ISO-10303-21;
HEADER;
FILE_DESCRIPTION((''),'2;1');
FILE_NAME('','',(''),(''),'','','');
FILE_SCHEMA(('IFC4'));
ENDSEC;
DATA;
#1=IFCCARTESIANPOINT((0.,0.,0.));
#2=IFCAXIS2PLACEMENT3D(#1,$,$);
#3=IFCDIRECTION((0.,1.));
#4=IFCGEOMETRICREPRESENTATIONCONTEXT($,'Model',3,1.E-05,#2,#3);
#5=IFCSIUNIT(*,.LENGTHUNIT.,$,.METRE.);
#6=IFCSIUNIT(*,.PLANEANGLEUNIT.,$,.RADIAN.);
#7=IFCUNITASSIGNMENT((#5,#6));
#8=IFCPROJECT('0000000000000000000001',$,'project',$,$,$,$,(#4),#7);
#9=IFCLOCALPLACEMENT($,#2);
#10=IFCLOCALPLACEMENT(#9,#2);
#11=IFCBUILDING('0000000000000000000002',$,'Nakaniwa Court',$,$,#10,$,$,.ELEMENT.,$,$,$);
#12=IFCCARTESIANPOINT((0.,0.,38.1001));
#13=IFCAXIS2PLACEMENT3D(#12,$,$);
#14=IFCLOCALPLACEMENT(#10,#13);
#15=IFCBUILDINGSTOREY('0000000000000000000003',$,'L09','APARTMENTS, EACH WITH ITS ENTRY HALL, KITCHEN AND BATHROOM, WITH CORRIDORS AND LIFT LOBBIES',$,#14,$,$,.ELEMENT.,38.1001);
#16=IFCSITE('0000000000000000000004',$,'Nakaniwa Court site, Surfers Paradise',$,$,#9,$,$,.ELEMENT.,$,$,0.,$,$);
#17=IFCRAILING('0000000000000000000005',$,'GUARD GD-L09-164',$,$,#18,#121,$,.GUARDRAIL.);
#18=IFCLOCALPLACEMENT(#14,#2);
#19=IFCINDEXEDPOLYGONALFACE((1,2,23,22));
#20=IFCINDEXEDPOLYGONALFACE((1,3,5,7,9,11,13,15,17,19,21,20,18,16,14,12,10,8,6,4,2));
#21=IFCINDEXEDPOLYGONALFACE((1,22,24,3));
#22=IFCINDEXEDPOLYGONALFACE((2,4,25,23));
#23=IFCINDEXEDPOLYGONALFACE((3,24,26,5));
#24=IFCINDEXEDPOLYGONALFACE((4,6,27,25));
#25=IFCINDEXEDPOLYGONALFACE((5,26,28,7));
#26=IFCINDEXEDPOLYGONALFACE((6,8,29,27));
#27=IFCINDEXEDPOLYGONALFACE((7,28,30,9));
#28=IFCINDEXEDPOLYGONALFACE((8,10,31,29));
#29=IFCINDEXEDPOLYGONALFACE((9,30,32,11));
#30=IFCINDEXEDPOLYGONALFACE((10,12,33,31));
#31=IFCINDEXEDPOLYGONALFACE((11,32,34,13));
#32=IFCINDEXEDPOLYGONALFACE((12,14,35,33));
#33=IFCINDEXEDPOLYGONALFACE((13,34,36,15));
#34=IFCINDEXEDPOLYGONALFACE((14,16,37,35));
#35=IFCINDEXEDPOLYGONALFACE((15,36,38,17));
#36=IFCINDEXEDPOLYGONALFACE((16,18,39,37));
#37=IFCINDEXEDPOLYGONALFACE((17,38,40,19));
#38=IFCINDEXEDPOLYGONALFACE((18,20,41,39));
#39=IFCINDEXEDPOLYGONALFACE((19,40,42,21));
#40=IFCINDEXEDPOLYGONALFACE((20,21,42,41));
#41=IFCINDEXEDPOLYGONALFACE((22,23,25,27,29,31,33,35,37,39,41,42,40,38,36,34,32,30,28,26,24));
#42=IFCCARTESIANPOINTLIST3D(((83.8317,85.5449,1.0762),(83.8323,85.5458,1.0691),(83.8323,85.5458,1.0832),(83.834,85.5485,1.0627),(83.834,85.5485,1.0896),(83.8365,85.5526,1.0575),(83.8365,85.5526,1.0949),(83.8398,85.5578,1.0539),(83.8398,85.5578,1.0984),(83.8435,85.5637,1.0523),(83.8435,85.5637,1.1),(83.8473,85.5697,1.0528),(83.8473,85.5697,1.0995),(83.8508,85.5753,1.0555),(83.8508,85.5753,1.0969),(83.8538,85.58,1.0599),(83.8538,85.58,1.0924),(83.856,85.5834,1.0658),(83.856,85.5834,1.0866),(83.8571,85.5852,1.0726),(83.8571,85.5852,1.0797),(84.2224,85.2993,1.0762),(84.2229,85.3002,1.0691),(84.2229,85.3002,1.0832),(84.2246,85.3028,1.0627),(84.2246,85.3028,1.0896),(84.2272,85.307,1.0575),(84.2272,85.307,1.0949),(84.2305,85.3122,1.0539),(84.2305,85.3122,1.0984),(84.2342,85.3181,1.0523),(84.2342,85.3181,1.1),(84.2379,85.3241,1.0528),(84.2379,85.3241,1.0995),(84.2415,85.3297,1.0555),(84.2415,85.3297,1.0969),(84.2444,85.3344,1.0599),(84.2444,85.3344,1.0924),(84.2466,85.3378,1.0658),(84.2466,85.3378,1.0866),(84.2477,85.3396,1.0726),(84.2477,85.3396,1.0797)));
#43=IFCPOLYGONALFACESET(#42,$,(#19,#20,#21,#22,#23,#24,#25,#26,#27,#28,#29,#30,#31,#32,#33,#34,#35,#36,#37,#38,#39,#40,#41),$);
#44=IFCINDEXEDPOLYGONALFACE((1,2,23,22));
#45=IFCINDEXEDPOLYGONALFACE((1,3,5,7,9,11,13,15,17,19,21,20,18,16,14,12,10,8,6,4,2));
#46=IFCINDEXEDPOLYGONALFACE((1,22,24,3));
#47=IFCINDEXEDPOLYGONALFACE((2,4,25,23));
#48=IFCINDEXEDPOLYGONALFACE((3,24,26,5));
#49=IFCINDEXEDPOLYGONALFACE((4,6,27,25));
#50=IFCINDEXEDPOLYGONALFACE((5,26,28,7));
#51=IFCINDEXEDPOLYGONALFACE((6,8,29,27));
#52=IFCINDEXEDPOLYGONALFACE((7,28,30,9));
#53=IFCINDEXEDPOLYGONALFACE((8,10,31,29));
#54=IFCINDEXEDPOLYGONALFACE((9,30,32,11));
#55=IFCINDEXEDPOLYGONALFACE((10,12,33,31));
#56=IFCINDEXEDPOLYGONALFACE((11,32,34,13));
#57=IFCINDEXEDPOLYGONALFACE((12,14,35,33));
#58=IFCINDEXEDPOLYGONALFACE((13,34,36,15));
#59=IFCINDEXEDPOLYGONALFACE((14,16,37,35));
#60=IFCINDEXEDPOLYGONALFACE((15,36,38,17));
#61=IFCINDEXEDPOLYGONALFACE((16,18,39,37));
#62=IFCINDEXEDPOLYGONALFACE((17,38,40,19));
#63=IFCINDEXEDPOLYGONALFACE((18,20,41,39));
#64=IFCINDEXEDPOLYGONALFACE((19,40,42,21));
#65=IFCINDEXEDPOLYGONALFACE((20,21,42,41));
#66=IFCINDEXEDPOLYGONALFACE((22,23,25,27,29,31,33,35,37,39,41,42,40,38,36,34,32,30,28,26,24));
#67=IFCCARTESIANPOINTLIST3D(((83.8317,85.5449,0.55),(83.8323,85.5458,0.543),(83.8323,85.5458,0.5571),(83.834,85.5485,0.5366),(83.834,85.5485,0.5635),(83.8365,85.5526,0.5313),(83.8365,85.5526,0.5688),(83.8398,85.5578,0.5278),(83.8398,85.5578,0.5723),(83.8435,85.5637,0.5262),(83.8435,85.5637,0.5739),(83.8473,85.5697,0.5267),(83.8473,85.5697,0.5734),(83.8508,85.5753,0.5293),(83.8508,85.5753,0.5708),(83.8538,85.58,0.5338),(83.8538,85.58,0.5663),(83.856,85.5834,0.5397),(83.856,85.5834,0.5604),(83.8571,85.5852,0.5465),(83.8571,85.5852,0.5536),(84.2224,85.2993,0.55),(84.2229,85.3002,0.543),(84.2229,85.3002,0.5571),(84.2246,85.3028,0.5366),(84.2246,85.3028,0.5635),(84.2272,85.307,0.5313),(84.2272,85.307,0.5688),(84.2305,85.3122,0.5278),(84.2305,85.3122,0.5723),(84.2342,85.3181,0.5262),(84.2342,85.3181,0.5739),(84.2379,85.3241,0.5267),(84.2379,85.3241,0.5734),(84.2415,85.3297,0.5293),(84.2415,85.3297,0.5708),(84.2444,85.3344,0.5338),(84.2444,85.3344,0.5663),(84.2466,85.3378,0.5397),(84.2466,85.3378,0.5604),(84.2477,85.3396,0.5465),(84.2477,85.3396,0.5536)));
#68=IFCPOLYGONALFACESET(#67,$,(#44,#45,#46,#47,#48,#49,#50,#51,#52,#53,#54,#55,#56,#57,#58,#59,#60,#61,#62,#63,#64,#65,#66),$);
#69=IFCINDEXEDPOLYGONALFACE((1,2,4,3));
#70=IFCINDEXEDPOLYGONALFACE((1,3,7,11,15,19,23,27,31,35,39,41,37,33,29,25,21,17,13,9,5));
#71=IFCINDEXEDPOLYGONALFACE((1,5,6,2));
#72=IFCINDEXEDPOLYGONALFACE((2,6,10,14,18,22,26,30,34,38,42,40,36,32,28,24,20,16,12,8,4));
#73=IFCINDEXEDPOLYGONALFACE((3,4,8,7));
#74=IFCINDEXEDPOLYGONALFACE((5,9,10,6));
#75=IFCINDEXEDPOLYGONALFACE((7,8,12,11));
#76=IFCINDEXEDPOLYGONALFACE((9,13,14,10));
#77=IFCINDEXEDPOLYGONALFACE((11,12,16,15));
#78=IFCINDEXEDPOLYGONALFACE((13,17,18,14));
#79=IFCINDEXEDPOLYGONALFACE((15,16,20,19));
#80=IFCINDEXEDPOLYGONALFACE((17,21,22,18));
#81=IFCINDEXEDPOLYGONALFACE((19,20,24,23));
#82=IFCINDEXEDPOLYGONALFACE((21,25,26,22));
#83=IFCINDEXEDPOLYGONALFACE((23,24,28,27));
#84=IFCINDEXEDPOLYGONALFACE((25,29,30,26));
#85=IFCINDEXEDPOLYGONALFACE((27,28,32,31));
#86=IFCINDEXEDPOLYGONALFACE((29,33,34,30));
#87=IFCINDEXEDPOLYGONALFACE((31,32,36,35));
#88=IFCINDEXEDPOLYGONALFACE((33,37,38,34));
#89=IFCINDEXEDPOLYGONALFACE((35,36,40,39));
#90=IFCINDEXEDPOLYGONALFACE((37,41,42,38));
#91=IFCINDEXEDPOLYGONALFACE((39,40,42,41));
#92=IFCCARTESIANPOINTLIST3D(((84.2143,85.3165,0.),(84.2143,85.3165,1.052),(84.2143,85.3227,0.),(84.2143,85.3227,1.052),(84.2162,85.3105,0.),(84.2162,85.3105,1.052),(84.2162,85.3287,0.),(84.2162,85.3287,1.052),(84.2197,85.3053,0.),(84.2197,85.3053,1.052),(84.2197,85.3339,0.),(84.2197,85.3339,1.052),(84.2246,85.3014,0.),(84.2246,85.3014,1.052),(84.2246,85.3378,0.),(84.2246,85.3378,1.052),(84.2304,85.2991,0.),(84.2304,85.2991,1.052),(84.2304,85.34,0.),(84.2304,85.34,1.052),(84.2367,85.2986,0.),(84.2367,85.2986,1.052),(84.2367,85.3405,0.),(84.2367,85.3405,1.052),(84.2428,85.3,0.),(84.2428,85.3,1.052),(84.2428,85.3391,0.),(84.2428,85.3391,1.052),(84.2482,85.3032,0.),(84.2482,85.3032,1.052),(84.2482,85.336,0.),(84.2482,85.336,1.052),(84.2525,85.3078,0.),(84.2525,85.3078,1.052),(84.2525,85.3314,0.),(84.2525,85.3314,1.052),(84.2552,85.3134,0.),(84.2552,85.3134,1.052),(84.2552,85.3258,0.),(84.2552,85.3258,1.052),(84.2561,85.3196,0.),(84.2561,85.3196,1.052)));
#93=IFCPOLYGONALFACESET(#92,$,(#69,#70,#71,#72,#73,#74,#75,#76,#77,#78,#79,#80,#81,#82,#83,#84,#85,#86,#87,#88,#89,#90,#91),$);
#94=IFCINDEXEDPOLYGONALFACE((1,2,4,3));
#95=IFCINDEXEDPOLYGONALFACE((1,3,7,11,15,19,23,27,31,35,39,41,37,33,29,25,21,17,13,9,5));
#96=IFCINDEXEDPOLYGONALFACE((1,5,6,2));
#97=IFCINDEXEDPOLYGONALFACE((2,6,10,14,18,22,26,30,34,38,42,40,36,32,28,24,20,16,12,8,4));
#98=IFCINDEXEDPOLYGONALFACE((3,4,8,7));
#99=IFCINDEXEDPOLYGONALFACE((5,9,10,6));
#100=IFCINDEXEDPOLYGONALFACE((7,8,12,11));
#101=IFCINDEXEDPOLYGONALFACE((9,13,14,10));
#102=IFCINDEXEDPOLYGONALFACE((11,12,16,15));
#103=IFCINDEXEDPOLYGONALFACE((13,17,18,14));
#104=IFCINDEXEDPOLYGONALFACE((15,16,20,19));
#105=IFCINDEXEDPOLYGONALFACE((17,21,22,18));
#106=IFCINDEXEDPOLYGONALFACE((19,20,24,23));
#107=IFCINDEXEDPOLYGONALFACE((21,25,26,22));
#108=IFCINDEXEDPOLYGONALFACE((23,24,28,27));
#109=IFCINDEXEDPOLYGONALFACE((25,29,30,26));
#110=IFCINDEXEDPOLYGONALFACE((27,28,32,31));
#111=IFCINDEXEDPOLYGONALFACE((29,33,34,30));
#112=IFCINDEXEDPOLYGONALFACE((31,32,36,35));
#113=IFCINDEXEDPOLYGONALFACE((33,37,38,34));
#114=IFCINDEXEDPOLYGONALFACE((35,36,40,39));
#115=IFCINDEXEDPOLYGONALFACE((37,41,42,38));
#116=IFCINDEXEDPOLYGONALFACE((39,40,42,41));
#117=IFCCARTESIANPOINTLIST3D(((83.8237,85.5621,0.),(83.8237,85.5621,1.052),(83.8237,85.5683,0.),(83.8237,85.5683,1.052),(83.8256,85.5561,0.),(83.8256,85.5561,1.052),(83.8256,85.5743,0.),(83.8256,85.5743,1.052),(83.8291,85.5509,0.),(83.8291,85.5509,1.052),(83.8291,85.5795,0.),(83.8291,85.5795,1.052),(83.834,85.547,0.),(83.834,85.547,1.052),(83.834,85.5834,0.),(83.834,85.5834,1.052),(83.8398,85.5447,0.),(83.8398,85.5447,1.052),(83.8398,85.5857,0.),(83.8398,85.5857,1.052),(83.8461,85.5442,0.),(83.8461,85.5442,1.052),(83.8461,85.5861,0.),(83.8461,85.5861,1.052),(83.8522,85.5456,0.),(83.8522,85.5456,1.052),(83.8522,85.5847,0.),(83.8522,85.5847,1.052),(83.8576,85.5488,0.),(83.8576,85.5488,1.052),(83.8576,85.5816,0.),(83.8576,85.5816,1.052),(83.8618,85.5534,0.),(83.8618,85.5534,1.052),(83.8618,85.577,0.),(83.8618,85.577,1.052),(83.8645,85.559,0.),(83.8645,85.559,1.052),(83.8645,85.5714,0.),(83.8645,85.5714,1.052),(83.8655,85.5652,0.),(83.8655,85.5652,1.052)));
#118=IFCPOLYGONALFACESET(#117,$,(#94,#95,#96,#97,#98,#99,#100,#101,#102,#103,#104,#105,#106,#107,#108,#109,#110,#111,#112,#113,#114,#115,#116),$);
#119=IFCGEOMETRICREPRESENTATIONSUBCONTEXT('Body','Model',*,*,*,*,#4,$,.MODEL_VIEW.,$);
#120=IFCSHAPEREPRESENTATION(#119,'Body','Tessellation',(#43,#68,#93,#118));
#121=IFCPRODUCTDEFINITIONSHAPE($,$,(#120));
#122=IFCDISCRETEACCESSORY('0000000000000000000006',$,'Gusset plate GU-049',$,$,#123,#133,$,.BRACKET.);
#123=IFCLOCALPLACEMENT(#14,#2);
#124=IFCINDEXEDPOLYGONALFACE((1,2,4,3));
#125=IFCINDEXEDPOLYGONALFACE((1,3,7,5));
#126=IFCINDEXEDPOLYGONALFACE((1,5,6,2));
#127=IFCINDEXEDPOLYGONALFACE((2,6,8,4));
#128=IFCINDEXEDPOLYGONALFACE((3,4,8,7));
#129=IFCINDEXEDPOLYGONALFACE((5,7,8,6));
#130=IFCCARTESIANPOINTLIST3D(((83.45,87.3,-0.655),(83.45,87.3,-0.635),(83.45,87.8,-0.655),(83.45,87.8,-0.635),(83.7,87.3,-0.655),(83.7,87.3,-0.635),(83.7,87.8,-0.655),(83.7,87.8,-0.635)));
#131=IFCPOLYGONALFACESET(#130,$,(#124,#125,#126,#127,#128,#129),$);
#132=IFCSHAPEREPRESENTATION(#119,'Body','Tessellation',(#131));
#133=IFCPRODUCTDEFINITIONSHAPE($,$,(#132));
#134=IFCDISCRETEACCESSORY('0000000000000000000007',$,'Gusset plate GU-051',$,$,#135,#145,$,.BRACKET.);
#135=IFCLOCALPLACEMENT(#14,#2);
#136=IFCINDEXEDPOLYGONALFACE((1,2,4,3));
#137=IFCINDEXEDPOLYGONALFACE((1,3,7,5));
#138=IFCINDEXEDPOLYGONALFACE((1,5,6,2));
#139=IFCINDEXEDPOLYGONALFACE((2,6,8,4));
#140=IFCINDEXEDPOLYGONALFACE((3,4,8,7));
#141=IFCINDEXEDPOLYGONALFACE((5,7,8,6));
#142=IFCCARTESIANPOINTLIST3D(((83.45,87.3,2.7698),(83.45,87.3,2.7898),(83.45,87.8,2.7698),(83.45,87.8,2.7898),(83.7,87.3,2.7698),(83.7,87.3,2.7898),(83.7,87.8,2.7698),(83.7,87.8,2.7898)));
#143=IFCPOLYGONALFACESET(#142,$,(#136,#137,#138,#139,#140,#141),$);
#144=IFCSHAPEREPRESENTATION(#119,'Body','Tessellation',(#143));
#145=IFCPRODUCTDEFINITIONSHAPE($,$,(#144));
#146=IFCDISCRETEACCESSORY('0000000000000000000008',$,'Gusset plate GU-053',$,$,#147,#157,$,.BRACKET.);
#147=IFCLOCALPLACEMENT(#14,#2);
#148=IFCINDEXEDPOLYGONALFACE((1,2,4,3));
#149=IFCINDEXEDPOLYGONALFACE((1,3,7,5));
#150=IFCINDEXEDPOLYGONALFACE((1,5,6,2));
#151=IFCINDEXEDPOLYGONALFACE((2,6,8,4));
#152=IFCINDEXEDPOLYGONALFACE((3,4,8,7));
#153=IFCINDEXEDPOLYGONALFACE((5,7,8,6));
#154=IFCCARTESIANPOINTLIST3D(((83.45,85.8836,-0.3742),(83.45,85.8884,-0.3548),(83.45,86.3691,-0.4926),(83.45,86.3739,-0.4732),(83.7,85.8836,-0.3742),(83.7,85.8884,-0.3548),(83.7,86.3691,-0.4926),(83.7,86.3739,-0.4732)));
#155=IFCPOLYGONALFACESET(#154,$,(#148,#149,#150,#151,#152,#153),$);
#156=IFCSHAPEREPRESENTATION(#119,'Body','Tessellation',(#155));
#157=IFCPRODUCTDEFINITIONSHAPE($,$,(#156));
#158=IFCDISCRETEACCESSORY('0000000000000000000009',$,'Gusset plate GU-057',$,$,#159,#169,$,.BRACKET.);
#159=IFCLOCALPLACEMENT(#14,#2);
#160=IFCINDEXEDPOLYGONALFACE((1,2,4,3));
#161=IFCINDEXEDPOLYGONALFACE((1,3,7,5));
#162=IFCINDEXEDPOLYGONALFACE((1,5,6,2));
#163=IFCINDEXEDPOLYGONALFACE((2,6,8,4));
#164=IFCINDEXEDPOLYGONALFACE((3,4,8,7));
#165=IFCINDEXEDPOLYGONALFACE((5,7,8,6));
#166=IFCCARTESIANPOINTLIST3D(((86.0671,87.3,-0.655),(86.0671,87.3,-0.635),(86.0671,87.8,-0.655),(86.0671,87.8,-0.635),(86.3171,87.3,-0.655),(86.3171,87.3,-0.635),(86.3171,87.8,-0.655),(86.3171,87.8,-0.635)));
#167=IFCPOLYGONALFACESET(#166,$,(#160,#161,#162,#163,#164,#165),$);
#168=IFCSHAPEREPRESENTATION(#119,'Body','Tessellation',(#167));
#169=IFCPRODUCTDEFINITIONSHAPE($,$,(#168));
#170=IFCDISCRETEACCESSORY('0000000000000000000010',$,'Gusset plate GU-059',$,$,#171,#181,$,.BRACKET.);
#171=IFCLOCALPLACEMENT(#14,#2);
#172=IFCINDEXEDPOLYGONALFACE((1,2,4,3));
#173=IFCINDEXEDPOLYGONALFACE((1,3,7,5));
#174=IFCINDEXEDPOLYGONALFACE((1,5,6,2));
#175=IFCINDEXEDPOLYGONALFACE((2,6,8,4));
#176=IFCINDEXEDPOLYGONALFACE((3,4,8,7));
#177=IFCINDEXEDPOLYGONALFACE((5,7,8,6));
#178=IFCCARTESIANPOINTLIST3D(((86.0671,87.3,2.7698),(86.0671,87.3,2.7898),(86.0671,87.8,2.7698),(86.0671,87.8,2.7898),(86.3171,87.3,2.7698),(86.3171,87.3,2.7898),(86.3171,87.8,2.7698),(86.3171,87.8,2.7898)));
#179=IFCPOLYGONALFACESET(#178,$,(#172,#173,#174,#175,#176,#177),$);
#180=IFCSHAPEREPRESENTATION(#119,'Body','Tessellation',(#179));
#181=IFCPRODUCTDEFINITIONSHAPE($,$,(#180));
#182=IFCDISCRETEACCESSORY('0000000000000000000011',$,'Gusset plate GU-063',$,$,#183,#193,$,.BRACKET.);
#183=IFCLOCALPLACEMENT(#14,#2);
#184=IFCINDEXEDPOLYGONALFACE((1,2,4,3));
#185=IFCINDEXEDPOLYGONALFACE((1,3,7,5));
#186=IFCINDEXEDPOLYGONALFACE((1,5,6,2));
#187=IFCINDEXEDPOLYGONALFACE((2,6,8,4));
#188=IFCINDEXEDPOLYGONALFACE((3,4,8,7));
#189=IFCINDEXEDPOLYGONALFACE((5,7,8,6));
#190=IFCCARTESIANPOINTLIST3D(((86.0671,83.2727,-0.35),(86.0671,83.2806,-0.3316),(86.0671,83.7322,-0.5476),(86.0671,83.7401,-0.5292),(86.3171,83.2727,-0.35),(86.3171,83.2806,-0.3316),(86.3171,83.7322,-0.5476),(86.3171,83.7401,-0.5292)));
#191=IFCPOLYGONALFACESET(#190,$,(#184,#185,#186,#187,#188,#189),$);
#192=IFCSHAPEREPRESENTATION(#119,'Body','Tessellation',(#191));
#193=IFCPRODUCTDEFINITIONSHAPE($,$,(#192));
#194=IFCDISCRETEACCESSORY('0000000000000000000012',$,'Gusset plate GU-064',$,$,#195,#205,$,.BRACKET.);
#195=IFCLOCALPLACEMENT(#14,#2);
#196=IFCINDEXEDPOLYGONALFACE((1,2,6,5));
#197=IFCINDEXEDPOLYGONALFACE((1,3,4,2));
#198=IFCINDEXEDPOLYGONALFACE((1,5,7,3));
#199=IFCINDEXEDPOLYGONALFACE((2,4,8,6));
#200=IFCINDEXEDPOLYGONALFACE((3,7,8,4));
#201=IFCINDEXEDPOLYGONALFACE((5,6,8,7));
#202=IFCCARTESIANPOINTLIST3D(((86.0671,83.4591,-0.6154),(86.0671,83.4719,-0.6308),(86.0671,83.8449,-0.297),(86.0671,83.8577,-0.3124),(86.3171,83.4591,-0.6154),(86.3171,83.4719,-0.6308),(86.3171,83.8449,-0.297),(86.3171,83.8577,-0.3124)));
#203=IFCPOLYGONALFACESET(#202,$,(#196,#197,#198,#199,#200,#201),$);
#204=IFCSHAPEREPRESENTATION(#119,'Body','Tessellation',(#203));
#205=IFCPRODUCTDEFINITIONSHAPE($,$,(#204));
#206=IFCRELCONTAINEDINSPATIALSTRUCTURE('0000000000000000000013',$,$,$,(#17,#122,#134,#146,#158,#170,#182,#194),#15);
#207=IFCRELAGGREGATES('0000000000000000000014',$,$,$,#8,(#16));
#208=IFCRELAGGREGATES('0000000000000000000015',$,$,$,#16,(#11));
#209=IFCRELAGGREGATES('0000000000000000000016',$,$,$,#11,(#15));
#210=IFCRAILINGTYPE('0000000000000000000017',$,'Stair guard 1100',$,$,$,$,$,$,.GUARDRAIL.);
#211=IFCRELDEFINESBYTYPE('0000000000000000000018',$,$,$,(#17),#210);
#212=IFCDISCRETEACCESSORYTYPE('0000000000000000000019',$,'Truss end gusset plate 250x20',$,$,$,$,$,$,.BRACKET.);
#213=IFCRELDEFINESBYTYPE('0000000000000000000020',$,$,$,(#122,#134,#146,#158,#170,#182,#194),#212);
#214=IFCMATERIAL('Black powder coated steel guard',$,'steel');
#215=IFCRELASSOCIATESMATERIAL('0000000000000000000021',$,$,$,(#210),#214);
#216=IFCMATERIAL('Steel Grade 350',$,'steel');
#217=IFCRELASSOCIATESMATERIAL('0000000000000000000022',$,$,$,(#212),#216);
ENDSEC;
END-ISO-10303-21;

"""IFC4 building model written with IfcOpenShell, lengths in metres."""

from ifc_helpers import new_model, si_unit, direction, frame, origin, origin_2d, place, context, subcontext, project, spatial, rectangle, circle, extrude, material, material_profile, profile_set, type_object, element, save


model = new_model("IFC4")

# Units and contexts
model_context = context("Model", 3, precision=1e-05, world=origin(), true_north=direction((0.0, 1.0)))
body_context = subcontext(model_context, "Body", "Model", "MODEL_VIEW")
ifc_project = project(units=[si_unit("LENGTHUNIT", "METRE"), si_unit("PLANEANGLEUNIT", "RADIAN")], contexts=[model_context])

# Site, building, storey
site_placement = place(None, origin())
site = spatial("IfcSite", under=ifc_project, at=site_placement, Name="Nakaniwa Court site, Surfers Paradise", CompositionType="ELEMENT", RefElevation=0.0)
building_placement = place(site_placement, origin())
building = spatial("IfcBuilding", under=site, at=building_placement, Name="Nakaniwa Court", CompositionType="ELEMENT")
storey_placement = place(building_placement, frame((0.0, 0.0, 38.1001)))
storey = spatial("IfcBuildingStorey", under=building, at=storey_placement, Name="L09", Description="APARTMENTS, EACH WITH ITS ENTRY HALL, KITCHEN AND BATHROOM, WITH CORRIDORS AND LIFT LOBBIES", CompositionType="ELEMENT", Elevation=38.1001)

# Shared definitions
ifc_material_1 = material(Name="Steel Grade 350", Category="steel")

# Railing
ifc_material_2 = material(Name="Black powder coated steel guard", Category="steel")
railing_type = type_object("IfcRailingType", Name="Stair guard 1100", PredefinedType="GUARDRAIL", material=ifc_material_2)
railing_1_placement = place(storey_placement, frame((84.2351, 85.3196, 0.0)))
element("IfcRailing", 1, at=railing_1_placement, inside=storey, type_object=railing_type, Name="GUARD GD-L09-164", PredefinedType="GUARDRAIL", context=body_context, shape_type="SweptSolid", body=[
    extrude(circle(Radius=0.0239, at=origin_2d()), frame((0.0, 0.0, 1.0762), z_axis=(-0.846568, 0.53228, 0.0), x_axis=(-0.53228, -0.846568, 0.0)), (0.0, 0.0, 1.0), 0.4614),
    extrude(circle(Radius=0.0239, at=origin_2d()), frame((0.0, 0.0, 0.55), z_axis=(-0.846568, 0.53228, 0.0), x_axis=(-0.53228, -0.846568, 0.0)), (0.0, 0.0, 1.0), 0.4614),
    extrude(circle(Radius=0.021, at=origin_2d()), origin(), (0.0, 0.0, 1.0), 1.052),
    extrude(circle(Radius=0.021, at=origin_2d()), frame((-0.3906, 0.2456, 0.0)), (0.0, 0.0, 1.0), 1.052),
])

# Discrete accessories
ifc_material_profile_1 = material_profile(ifc_material_1, rectangle(XDim=0.25, YDim=0.02, at=origin_2d()), Name="Truss end gusset plate 250x20")
ifc_profile_set_1 = profile_set([ifc_material_profile_1], Name="Steel Grade 350")
discrete_accessory_type = type_object("IfcDiscreteAccessoryType", Name="Truss end gusset plate 250x20", PredefinedType="BRACKET", material=ifc_profile_set_1)
for number, where, z_axis, x_axis, name in (
    (2, (83.575, 87.3, -0.645), (0.0, 1.0, 0.0), (-1.0, 0.0, 0.0), "Gusset plate GU-049"),
    (3, (83.575, 87.3, 2.7798), (0.0, 1.0, 0.0), (-1.0, 0.0, 0.0), "Gusset plate GU-051"),
):
    element("IfcDiscreteAccessory", number, at=place(storey_placement, frame(where, z_axis=z_axis, x_axis=x_axis)), inside=storey, type_object=discrete_accessory_type, Name=name, PredefinedType="BRACKET", context=body_context, shape_type="SweptSolid", body=[
        extrude(rectangle(XDim=0.25, YDim=0.02, at=origin_2d()), origin(), (0.0, 0.0, 1.0), 0.5),
    ])
discrete_accessory_1_placement = place(storey_placement, frame((83.575, 85.886, -0.3645), z_axis=(0.0, 0.971534, -0.2369), x_axis=(-1.0, 0.0, 0.0)))
element("IfcDiscreteAccessory", 4, at=discrete_accessory_1_placement, inside=storey, type_object=discrete_accessory_type, Name="Gusset plate GU-053", PredefinedType="BRACKET", context=body_context, shape_type="SweptSolid", body=[
    extrude(rectangle(XDim=0.25, YDim=0.02, at=origin_2d()), origin(), (0.0, 0.0, 1.0), 0.4998),
])
for number, where, z_axis, x_axis, name in (
    (5, (86.1921, 87.3, -0.645), (0.0, 1.0, 0.0), (-1.0, 0.0, 0.0), "Gusset plate GU-057"),
    (6, (86.1921, 87.3, 2.7798), (0.0, 1.0, 0.0), (-1.0, 0.0, 0.0), "Gusset plate GU-059"),
):
    element("IfcDiscreteAccessory", number, at=place(storey_placement, frame(where, z_axis=z_axis, x_axis=x_axis)), inside=storey, type_object=discrete_accessory_type, Name=name, PredefinedType="BRACKET", context=body_context, shape_type="SweptSolid", body=[
        extrude(rectangle(XDim=0.25, YDim=0.02, at=origin_2d()), origin(), (0.0, 0.0, 1.0), 0.5),
    ])
for number, where, z_axis, x_axis, name in (
    (7, (86.1921, 83.2766, -0.3408), (0.0, 0.918715, -0.394921), (-1.0, 0.0, 0.0), "Gusset plate GU-063"),
    (8, (86.1921, 83.8513, -0.3047), (0.0, -0.771253, -0.636528), (1.0, 0.0, 0.0), "Gusset plate GU-064"),
):
    element("IfcDiscreteAccessory", number, at=place(storey_placement, frame(where, z_axis=z_axis, x_axis=x_axis)), inside=storey, type_object=discrete_accessory_type, Name=name, PredefinedType="BRACKET", context=body_context, shape_type="SweptSolid", body=[
        extrude(rectangle(XDim=0.25, YDim=0.02, at=origin_2d()), origin(), (0.0, 0.0, 1.0), 0.5002),
    ])

save(model, "model.ifc")
